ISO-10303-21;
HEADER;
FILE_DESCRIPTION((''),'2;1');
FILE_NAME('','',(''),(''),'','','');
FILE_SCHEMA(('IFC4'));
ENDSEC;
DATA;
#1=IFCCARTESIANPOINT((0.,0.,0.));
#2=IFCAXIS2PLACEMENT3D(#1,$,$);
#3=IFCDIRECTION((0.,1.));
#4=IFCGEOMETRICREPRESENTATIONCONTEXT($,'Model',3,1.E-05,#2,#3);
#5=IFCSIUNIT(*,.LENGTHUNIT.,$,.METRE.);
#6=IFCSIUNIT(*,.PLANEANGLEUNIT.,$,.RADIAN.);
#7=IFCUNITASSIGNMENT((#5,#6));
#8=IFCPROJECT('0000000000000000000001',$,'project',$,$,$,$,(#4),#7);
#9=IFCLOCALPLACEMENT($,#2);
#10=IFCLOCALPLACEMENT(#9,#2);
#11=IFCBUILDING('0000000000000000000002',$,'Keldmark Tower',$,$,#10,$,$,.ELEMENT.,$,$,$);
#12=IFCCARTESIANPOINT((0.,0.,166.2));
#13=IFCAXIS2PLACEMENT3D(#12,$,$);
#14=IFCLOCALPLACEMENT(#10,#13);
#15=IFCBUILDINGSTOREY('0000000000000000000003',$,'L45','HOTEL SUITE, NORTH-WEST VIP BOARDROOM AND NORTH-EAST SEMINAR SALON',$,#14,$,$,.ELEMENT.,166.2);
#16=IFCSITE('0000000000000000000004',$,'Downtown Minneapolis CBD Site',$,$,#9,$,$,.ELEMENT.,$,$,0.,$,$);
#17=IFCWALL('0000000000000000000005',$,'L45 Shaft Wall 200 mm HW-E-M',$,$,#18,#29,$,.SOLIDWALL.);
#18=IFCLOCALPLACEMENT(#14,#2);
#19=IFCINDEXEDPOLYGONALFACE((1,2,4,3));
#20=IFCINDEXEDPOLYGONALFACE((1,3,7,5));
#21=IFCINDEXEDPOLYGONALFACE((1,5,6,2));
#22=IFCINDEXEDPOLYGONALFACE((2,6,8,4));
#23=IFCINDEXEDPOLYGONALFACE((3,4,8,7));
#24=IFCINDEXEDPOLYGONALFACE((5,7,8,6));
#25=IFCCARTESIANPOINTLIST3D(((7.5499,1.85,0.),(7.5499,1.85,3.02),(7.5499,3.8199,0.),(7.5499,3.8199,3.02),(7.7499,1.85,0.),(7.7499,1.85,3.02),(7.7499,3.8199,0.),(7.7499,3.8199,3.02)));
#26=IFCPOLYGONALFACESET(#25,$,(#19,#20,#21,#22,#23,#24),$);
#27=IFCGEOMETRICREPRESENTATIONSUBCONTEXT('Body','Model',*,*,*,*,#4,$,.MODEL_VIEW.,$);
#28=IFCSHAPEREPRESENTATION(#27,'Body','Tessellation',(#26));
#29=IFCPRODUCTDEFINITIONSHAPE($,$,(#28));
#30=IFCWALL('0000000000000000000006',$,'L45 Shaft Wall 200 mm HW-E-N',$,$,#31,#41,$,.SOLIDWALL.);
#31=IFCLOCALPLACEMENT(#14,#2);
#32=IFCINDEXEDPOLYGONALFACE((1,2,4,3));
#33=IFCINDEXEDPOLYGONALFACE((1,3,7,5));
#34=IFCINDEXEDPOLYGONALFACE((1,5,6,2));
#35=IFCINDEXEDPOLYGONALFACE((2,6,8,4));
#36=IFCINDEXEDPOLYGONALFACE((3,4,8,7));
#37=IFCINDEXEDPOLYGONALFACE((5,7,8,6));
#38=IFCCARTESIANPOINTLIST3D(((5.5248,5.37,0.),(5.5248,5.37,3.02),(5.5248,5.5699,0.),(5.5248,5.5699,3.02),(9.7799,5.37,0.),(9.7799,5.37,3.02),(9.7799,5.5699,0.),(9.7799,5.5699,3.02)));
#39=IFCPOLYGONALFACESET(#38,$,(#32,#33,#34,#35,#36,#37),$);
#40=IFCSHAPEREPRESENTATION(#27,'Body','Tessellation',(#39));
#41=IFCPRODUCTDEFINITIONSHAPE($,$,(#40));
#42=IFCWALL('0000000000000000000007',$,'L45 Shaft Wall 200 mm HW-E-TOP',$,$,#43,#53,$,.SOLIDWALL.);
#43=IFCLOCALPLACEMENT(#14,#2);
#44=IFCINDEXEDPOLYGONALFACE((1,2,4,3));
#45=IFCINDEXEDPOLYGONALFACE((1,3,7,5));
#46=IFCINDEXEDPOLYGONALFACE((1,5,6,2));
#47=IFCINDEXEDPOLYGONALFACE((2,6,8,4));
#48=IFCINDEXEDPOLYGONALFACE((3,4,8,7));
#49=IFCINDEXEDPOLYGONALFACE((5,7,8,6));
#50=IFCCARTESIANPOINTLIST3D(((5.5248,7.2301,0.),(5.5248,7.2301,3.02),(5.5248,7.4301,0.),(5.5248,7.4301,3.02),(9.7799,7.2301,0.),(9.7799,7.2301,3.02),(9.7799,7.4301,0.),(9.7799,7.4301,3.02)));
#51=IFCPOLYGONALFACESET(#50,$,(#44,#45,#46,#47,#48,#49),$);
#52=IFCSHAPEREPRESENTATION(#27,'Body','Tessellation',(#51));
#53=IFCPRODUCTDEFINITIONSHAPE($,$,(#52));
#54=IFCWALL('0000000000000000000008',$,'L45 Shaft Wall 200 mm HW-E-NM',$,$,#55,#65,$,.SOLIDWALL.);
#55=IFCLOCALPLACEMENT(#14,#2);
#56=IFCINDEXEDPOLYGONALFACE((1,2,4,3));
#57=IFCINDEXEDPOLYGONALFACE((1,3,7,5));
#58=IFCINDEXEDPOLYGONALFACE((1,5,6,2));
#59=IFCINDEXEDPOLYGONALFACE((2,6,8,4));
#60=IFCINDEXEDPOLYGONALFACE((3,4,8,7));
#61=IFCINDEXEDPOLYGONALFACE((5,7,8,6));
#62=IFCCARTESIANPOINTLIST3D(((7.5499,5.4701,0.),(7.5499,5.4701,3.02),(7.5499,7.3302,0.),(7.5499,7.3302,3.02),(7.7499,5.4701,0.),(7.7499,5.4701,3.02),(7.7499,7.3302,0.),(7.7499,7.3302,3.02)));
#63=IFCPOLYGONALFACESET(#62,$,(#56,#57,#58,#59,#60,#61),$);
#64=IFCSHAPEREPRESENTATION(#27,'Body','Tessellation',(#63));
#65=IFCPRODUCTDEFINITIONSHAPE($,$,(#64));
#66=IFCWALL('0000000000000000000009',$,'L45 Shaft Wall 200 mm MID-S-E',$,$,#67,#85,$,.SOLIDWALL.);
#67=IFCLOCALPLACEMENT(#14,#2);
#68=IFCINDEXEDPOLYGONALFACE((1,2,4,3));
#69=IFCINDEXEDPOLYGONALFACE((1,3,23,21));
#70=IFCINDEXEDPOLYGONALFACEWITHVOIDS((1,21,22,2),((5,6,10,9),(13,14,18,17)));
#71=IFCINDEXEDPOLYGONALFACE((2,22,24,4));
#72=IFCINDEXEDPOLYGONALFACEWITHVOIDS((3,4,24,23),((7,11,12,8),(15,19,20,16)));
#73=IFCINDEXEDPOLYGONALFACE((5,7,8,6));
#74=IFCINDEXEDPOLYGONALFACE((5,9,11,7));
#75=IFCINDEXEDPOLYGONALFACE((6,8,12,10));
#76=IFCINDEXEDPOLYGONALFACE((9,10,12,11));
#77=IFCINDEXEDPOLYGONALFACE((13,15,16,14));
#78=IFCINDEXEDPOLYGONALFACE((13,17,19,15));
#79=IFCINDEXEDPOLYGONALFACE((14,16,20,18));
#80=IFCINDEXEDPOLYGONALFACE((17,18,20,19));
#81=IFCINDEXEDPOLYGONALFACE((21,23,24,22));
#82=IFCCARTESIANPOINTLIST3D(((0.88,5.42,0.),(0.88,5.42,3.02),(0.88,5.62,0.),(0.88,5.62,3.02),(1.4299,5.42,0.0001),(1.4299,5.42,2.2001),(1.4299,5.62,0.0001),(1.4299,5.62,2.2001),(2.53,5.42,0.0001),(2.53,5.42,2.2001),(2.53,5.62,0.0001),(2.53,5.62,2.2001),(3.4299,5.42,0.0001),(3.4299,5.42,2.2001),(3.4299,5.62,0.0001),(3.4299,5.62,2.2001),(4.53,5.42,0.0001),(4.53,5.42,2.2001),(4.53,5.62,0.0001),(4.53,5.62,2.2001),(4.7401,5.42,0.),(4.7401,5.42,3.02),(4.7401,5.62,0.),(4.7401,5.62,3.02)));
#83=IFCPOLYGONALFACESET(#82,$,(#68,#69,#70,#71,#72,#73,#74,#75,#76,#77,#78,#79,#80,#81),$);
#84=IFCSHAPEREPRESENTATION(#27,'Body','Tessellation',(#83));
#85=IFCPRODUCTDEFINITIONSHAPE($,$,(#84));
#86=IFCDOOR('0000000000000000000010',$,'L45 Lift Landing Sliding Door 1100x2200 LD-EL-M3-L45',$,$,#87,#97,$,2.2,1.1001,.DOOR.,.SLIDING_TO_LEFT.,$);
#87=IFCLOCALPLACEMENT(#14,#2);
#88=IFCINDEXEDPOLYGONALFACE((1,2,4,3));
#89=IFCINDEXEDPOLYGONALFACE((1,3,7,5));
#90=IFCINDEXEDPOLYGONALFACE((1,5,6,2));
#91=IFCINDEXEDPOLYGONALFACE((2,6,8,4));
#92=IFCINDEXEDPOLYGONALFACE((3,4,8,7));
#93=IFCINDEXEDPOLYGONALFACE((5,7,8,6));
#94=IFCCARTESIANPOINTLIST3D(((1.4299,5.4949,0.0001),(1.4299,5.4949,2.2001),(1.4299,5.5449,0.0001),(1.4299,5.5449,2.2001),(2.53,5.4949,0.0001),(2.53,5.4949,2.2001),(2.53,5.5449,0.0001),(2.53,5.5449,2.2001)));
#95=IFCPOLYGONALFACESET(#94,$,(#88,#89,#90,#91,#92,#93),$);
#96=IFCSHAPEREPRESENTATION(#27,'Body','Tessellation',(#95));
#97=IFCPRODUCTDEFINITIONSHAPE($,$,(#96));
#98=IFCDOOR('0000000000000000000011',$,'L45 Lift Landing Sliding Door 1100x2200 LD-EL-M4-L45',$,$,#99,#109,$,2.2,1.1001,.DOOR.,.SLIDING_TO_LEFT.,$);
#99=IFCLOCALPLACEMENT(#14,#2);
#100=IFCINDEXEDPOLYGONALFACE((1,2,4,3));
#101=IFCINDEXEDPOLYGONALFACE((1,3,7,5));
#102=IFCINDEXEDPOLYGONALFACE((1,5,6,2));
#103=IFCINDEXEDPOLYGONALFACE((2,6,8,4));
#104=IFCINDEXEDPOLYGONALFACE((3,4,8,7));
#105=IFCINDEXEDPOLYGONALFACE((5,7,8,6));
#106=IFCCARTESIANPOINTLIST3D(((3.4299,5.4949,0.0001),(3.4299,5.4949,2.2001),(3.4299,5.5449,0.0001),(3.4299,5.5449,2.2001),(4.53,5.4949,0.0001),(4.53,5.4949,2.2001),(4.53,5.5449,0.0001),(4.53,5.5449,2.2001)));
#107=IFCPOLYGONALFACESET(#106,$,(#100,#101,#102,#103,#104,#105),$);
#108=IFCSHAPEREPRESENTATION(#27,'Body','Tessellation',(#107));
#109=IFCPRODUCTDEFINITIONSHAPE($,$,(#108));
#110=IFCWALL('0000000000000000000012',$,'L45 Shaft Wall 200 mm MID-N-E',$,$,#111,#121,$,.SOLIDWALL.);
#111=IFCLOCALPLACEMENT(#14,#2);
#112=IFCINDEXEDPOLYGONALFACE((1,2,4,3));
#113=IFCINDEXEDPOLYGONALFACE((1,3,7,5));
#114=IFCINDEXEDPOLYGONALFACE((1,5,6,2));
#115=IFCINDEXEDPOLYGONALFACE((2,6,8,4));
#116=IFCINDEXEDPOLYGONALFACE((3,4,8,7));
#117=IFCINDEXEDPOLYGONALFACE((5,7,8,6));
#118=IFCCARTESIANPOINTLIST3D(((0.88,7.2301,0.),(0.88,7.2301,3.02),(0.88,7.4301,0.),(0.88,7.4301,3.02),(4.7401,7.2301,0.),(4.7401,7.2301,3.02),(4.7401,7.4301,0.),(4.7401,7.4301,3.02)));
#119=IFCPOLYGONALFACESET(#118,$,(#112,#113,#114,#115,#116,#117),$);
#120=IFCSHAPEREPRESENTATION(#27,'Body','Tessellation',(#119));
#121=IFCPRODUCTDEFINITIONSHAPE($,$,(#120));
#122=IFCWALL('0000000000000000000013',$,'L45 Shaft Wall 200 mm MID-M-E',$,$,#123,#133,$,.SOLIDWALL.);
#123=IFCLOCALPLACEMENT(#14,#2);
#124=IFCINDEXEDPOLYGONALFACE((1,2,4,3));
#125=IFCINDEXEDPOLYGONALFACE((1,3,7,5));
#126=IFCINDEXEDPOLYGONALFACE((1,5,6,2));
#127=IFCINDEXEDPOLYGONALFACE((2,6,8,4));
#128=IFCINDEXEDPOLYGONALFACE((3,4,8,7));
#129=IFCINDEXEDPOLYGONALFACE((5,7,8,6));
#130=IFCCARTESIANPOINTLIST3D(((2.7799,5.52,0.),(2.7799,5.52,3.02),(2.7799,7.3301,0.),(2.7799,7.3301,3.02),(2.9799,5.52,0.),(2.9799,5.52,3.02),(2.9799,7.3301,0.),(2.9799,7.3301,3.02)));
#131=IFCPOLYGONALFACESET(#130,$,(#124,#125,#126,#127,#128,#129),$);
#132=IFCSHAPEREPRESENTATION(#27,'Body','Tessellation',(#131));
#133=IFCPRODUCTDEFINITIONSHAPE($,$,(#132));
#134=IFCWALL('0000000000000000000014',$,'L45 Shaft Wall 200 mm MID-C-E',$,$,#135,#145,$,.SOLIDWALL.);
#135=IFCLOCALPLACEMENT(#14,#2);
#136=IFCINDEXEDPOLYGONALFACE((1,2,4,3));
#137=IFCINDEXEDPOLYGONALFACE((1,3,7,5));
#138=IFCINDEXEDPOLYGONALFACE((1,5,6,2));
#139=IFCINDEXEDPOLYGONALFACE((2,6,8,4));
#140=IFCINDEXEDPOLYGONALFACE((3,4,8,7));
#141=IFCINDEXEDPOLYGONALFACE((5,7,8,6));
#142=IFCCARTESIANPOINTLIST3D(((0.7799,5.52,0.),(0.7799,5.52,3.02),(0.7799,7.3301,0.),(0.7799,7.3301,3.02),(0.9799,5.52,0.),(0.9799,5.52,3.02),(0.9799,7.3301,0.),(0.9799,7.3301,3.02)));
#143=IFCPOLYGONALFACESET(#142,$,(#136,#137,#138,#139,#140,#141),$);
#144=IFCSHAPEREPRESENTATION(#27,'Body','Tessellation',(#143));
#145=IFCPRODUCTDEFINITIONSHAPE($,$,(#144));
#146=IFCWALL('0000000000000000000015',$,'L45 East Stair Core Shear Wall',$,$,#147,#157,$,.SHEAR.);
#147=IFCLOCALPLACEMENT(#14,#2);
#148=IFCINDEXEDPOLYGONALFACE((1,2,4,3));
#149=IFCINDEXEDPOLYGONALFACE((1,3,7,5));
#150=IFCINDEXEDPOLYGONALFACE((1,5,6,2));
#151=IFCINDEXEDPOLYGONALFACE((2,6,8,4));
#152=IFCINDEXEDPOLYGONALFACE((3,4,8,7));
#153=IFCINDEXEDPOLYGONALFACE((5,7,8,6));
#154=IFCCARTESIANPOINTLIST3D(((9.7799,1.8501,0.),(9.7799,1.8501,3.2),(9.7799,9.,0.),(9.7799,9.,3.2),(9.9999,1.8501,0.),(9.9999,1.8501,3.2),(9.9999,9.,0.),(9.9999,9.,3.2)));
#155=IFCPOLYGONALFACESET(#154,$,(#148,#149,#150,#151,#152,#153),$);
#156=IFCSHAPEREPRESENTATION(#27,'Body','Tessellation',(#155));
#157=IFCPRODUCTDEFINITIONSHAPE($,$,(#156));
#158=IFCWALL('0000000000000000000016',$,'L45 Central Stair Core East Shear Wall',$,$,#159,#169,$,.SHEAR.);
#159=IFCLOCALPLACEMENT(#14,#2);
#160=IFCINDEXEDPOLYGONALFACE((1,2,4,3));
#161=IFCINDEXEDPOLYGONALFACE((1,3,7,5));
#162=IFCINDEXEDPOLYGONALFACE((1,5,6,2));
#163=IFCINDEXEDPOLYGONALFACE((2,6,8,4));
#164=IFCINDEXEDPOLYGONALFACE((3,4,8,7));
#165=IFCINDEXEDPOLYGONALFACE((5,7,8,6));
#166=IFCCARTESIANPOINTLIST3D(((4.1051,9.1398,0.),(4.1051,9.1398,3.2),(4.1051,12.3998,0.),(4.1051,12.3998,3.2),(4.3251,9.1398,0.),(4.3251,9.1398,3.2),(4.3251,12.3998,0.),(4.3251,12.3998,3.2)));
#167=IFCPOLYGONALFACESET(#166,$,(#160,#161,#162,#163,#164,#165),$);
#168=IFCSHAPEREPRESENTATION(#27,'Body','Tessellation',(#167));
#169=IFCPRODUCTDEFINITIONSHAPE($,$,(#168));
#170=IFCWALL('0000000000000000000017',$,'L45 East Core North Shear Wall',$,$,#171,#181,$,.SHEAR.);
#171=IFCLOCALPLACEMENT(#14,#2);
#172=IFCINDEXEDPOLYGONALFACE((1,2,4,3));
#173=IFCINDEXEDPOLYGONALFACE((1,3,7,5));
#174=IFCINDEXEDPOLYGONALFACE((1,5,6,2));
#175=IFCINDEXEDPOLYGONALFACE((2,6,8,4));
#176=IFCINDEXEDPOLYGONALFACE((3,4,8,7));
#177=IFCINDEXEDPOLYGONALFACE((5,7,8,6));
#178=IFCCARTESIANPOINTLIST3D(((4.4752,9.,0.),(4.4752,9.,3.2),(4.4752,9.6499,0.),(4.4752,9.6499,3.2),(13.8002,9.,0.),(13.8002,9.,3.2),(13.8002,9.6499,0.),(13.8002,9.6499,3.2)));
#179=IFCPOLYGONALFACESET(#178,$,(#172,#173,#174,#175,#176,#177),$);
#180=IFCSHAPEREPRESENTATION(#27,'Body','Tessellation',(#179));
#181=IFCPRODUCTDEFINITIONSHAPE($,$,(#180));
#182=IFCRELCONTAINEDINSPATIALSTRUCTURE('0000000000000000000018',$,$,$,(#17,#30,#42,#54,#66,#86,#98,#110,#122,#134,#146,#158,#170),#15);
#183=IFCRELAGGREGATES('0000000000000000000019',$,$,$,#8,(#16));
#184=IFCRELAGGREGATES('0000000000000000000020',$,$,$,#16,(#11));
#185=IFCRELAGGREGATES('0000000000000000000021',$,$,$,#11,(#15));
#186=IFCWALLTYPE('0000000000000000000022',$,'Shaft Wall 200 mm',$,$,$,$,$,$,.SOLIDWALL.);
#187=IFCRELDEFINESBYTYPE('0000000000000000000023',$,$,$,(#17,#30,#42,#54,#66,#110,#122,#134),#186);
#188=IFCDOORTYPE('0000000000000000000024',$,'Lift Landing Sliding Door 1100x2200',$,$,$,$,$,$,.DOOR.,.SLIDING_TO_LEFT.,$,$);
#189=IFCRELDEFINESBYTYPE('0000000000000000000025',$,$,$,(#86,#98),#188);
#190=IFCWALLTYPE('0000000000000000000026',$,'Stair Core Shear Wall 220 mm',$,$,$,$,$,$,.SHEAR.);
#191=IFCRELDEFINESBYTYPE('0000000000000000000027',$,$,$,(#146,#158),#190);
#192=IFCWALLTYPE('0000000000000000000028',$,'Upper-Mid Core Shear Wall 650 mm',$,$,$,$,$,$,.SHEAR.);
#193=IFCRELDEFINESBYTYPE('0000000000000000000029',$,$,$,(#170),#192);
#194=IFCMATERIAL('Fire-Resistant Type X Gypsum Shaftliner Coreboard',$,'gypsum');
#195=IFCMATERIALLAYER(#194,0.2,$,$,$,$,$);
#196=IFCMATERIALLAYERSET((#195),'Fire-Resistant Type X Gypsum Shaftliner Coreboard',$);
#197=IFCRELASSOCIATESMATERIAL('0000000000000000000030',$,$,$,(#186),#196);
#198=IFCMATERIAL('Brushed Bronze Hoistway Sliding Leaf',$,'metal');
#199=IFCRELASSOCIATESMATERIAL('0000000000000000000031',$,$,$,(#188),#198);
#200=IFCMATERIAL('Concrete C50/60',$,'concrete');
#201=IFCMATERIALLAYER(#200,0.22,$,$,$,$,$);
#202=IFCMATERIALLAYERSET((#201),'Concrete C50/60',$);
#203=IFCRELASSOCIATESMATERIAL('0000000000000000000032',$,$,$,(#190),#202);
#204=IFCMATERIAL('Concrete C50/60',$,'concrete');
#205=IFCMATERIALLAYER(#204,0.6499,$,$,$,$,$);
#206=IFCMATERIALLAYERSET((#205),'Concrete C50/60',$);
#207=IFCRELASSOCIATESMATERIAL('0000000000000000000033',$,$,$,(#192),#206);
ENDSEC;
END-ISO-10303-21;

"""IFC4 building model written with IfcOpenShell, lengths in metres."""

from ifc_helpers import new_model, si_unit, direction, frame, frame_2d, origin, place, context, subcontext, project, spatial, rectangle, extrude, material, layer, layer_set, type_object, element, fill, save


model = new_model("IFC4")

# Units and contexts
model_context = context("Model", 3, precision=1e-05, world=origin(), true_north=direction((0.0, 1.0)))
body_context = subcontext(model_context, "Body", "Model", "MODEL_VIEW")
ifc_project = project(units=[si_unit("LENGTHUNIT", "METRE"), si_unit("PLANEANGLEUNIT", "RADIAN")], contexts=[model_context])

# Site, building, storey
site_placement = place(None, origin())
site = spatial("IfcSite", under=ifc_project, at=site_placement, Name="Downtown Minneapolis CBD Site", CompositionType="ELEMENT", RefElevation=0.0)
building_placement = place(site_placement, origin())
building = spatial("IfcBuilding", under=site, at=building_placement, Name="Keldmark Tower", CompositionType="ELEMENT")
storey_placement = place(building_placement, frame((0.0, 0.0, 166.2)))
storey = spatial("IfcBuildingStorey", under=building, at=storey_placement, Name="L45", Description="HOTEL SUITE, NORTH-WEST VIP BOARDROOM AND NORTH-EAST SEMINAR SALON", CompositionType="ELEMENT", Elevation=166.2)

# Shared definitions
ifc_material_1 = material(Name="Fire-Resistant Type X Gypsum Shaftliner Coreboard", Category="gypsum")
ifc_layer_1 = layer(ifc_material_1, 0.2)
ifc_layer_set_1 = layer_set([ifc_layer_1], Name="Fire-Resistant Type X Gypsum Shaftliner Coreboard")
wall_type_1 = type_object("IfcWallType", Name="Shaft Wall 200 mm", PredefinedType="SOLIDWALL", material=ifc_layer_set_1)

# Walls
wall_1_placement = place(storey_placement, frame((7.6499, 1.8501, 0.0), z_axis=(0.0, 0.0, 1.0), x_axis=(0.0, 1.0, 0.0)))
element("IfcWall", 1, at=wall_1_placement, inside=storey, type_object=wall_type_1, Name="L45 Shaft Wall 200 mm HW-E-M", PredefinedType="SOLIDWALL", context=body_context, shape_type="SweptSolid", body=[
    extrude(rectangle(XDim=1.97, YDim=0.2, at=frame_2d((0.9849, 0.0))), origin(), (0.0, 0.0, 1.0), 3.02),
])
for number, where, z_axis, x_axis, name in (
    (2, (5.5249, 5.47, 0.0), (0.0, 0.0, 1.0), (1.0, 0.0, 0.0), "L45 Shaft Wall 200 mm HW-E-N"),
    (3, (5.5249, 7.3301, 0.0), (0.0, 0.0, 1.0), (1.0, 0.0, 0.0), "L45 Shaft Wall 200 mm HW-E-TOP"),
):
    element("IfcWall", number, at=place(storey_placement, frame(where, z_axis=z_axis, x_axis=x_axis)), inside=storey, type_object=wall_type_1, Name=name, PredefinedType="SOLIDWALL", context=body_context, shape_type="SweptSolid", body=[
        extrude(rectangle(XDim=4.2551, YDim=0.2, at=frame_2d((2.1274, 0.0))), origin(), (0.0, 0.0, 1.0), 3.02),
    ])
wall_2_placement = place(storey_placement, frame((7.6499, 5.47, 0.0), z_axis=(0.0, 0.0, 1.0), x_axis=(0.0, 1.0, 0.0)))
element("IfcWall", 4, at=wall_2_placement, inside=storey, type_object=wall_type_1, Name="L45 Shaft Wall 200 mm HW-E-NM", PredefinedType="SOLIDWALL", context=body_context, shape_type="SweptSolid", body=[
    extrude(rectangle(XDim=1.8601, YDim=0.2, at=frame_2d((0.9302, 0.0))), origin(), (0.0, 0.0, 1.0), 3.02),
])

# Wall, openings, doors
wall_3_placement = place(storey_placement, frame((0.8799, 5.52, 0.0), z_axis=(0.0, 0.0, 1.0), x_axis=(1.0, 0.0, 0.0)))
wall_3 = element("IfcWall", 5, at=wall_3_placement, inside=storey, type_object=wall_type_1, Name="L45 Shaft Wall 200 mm MID-S-E", PredefinedType="SOLIDWALL", context=body_context, shape_type="SweptSolid", body=[
    extrude(rectangle(XDim=3.8601, YDim=0.2, at=frame_2d((1.9302, 0.0))), origin(), (0.0, 0.0, 1.0), 3.02),
])
opening_1_placement = place(wall_3_placement, frame((0.55, 0.0, 0.0)))
opening_1 = element("IfcOpeningElement", 6, at=opening_1_placement, cuts=wall_3, PredefinedType="OPENING", context=body_context, shape_type="SweptSolid", body=[
    extrude(rectangle(XDim=1.1001, YDim=2.2, at=frame_2d((0.55, 1.1001))), frame((0.0, 0.1099, 0.0), z_axis=(0.0, -1.0, 0.0), x_axis=(1.0, 0.0, 0.0)), (0.0, 0.0, 1.0), 0.22),
])
opening_2_placement = place(wall_3_placement, frame((2.55, 0.0, 0.0)))
opening_2 = element("IfcOpeningElement", 7, at=opening_2_placement, cuts=wall_3, PredefinedType="OPENING", context=body_context, shape_type="SweptSolid", body=[
    extrude(rectangle(XDim=1.1001, YDim=2.2, at=frame_2d((0.55, 1.1001))), frame((0.0, 0.1099, 0.0), z_axis=(0.0, -1.0, 0.0), x_axis=(1.0, 0.0, 0.0)), (0.0, 0.0, 1.0), 0.22),
])
ifc_material_2 = material(Name="Brushed Bronze Hoistway Sliding Leaf", Category="metal")
door_type_1 = type_object("IfcDoorType", Name="Lift Landing Sliding Door 1100x2200", OperationType="SLIDING_TO_LEFT", PredefinedType="DOOR", material=ifc_material_2)
door_1_placement = place(opening_1_placement, origin())
door_1 = element("IfcDoor", 8, at=door_1_placement, inside=storey, type_object=door_type_1, Name="L45 Lift Landing Sliding Door 1100x2200 LD-EL-M3-L45", OperationType="SLIDING_TO_LEFT", OverallHeight=2.2, OverallWidth=1.1001, PredefinedType="DOOR", context=body_context, shape_type="SweptSolid", body=[
    extrude(rectangle(XDim=1.1001, YDim=2.2, at=frame_2d((0.55, 1.1001))), frame((0.0, 0.0249, 0.0), z_axis=(0.0, -1.0, 0.0), x_axis=(1.0, 0.0, 0.0)), (0.0, 0.0, 1.0), 0.05),
])
fill(opening_1, door_1)
door_2_placement = place(opening_2_placement, origin())
door_2 = element("IfcDoor", 9, at=door_2_placement, inside=storey, type_object=door_type_1, Name="L45 Lift Landing Sliding Door 1100x2200 LD-EL-M4-L45", OperationType="SLIDING_TO_LEFT", OverallHeight=2.2, OverallWidth=1.1001, PredefinedType="DOOR", context=body_context, shape_type="SweptSolid", body=[
    extrude(rectangle(XDim=1.1001, YDim=2.2, at=frame_2d((0.55, 1.1001))), frame((0.0, 0.0249, 0.0), z_axis=(0.0, -1.0, 0.0), x_axis=(1.0, 0.0, 0.0)), (0.0, 0.0, 1.0), 0.05),
])
fill(opening_2, door_2)

# Walls
wall_4_placement = place(storey_placement, frame((0.8799, 7.3301, 0.0), z_axis=(0.0, 0.0, 1.0), x_axis=(1.0, 0.0, 0.0)))
element("IfcWall", 10, at=wall_4_placement, inside=storey, type_object=wall_type_1, Name="L45 Shaft Wall 200 mm MID-N-E", PredefinedType="SOLIDWALL", context=body_context, shape_type="SweptSolid", body=[
    extrude(rectangle(XDim=3.8601, YDim=0.2, at=frame_2d((1.9302, 0.0))), origin(), (0.0, 0.0, 1.0), 3.02),
])
for number, where, z_axis, x_axis, name in (
    (11, (2.8799, 5.52, 0.0), (0.0, 0.0, 1.0), (0.0, 1.0, 0.0), "L45 Shaft Wall 200 mm MID-M-E"),
    (12, (0.8799, 5.52, 0.0), (0.0, 0.0, 1.0), (0.0, 1.0, 0.0), "L45 Shaft Wall 200 mm MID-C-E"),
):
    element("IfcWall", number, at=place(storey_placement, frame(where, z_axis=z_axis, x_axis=x_axis)), inside=storey, type_object=wall_type_1, Name=name, PredefinedType="SOLIDWALL", context=body_context, shape_type="SweptSolid", body=[
        extrude(rectangle(XDim=1.8101, YDim=0.2, at=frame_2d((0.905, 0.0))), origin(), (0.0, 0.0, 1.0), 3.02),
    ])
ifc_material_3 = material(Name="Concrete C50/60", Category="concrete")
ifc_layer_2 = layer(ifc_material_3, 0.22)
ifc_layer_set_2 = layer_set([ifc_layer_2], Name="Concrete C50/60")
wall_type_2 = type_object("IfcWallType", Name="Stair Core Shear Wall 220 mm", PredefinedType="SHEAR", material=ifc_layer_set_2)
wall_5_placement = place(storey_placement, frame((9.8899, 1.8501, 0.0), z_axis=(0.0, 0.0, 1.0), x_axis=(0.0, 1.0, 0.0)))
element("IfcWall", 13, at=wall_5_placement, inside=storey, type_object=wall_type_2, Name="L45 East Stair Core Shear Wall", PredefinedType="SHEAR", context=body_context, shape_type="SweptSolid", body=[
    extrude(rectangle(XDim=7.1499, YDim=0.22, at=frame_2d((3.575, 0.0))), origin(), (0.0, 0.0, 1.0), 3.2),
])
wall_6_placement = place(storey_placement, frame((4.2151, 9.1399, 0.0), z_axis=(0.0, 0.0, 1.0), x_axis=(0.0, 1.0, 0.0)))
element("IfcWall", 14, at=wall_6_placement, inside=storey, type_object=wall_type_2, Name="L45 Central Stair Core East Shear Wall", PredefinedType="SHEAR", context=body_context, shape_type="SweptSolid", body=[
    extrude(rectangle(XDim=3.26, YDim=0.22, at=frame_2d((1.6299, 0.0))), origin(), (0.0, 0.0, 1.0), 3.2),
])
ifc_material_4 = material(Name="Concrete C50/60", Category="concrete")
ifc_layer_3 = layer(ifc_material_4, 0.6499)
ifc_layer_set_3 = layer_set([ifc_layer_3], Name="Concrete C50/60")
wall_type_3 = type_object("IfcWallType", Name="Upper-Mid Core Shear Wall 650 mm", PredefinedType="SHEAR", material=ifc_layer_set_3)
wall_7_placement = place(storey_placement, frame((4.4751, 9.325, 0.0), z_axis=(0.0, 0.0, 1.0), x_axis=(1.0, 0.0, 0.0)))
element("IfcWall", 15, at=wall_7_placement, inside=storey, type_object=wall_type_3, Name="L45 East Core North Shear Wall", PredefinedType="SHEAR", context=body_context, shape_type="SweptSolid", body=[
    extrude(rectangle(XDim=9.325, YDim=0.6499, at=frame_2d((4.6626, 0.0))), origin(), (0.0, 0.0, 1.0), 3.2),
])

save(model, "model.ifc")
